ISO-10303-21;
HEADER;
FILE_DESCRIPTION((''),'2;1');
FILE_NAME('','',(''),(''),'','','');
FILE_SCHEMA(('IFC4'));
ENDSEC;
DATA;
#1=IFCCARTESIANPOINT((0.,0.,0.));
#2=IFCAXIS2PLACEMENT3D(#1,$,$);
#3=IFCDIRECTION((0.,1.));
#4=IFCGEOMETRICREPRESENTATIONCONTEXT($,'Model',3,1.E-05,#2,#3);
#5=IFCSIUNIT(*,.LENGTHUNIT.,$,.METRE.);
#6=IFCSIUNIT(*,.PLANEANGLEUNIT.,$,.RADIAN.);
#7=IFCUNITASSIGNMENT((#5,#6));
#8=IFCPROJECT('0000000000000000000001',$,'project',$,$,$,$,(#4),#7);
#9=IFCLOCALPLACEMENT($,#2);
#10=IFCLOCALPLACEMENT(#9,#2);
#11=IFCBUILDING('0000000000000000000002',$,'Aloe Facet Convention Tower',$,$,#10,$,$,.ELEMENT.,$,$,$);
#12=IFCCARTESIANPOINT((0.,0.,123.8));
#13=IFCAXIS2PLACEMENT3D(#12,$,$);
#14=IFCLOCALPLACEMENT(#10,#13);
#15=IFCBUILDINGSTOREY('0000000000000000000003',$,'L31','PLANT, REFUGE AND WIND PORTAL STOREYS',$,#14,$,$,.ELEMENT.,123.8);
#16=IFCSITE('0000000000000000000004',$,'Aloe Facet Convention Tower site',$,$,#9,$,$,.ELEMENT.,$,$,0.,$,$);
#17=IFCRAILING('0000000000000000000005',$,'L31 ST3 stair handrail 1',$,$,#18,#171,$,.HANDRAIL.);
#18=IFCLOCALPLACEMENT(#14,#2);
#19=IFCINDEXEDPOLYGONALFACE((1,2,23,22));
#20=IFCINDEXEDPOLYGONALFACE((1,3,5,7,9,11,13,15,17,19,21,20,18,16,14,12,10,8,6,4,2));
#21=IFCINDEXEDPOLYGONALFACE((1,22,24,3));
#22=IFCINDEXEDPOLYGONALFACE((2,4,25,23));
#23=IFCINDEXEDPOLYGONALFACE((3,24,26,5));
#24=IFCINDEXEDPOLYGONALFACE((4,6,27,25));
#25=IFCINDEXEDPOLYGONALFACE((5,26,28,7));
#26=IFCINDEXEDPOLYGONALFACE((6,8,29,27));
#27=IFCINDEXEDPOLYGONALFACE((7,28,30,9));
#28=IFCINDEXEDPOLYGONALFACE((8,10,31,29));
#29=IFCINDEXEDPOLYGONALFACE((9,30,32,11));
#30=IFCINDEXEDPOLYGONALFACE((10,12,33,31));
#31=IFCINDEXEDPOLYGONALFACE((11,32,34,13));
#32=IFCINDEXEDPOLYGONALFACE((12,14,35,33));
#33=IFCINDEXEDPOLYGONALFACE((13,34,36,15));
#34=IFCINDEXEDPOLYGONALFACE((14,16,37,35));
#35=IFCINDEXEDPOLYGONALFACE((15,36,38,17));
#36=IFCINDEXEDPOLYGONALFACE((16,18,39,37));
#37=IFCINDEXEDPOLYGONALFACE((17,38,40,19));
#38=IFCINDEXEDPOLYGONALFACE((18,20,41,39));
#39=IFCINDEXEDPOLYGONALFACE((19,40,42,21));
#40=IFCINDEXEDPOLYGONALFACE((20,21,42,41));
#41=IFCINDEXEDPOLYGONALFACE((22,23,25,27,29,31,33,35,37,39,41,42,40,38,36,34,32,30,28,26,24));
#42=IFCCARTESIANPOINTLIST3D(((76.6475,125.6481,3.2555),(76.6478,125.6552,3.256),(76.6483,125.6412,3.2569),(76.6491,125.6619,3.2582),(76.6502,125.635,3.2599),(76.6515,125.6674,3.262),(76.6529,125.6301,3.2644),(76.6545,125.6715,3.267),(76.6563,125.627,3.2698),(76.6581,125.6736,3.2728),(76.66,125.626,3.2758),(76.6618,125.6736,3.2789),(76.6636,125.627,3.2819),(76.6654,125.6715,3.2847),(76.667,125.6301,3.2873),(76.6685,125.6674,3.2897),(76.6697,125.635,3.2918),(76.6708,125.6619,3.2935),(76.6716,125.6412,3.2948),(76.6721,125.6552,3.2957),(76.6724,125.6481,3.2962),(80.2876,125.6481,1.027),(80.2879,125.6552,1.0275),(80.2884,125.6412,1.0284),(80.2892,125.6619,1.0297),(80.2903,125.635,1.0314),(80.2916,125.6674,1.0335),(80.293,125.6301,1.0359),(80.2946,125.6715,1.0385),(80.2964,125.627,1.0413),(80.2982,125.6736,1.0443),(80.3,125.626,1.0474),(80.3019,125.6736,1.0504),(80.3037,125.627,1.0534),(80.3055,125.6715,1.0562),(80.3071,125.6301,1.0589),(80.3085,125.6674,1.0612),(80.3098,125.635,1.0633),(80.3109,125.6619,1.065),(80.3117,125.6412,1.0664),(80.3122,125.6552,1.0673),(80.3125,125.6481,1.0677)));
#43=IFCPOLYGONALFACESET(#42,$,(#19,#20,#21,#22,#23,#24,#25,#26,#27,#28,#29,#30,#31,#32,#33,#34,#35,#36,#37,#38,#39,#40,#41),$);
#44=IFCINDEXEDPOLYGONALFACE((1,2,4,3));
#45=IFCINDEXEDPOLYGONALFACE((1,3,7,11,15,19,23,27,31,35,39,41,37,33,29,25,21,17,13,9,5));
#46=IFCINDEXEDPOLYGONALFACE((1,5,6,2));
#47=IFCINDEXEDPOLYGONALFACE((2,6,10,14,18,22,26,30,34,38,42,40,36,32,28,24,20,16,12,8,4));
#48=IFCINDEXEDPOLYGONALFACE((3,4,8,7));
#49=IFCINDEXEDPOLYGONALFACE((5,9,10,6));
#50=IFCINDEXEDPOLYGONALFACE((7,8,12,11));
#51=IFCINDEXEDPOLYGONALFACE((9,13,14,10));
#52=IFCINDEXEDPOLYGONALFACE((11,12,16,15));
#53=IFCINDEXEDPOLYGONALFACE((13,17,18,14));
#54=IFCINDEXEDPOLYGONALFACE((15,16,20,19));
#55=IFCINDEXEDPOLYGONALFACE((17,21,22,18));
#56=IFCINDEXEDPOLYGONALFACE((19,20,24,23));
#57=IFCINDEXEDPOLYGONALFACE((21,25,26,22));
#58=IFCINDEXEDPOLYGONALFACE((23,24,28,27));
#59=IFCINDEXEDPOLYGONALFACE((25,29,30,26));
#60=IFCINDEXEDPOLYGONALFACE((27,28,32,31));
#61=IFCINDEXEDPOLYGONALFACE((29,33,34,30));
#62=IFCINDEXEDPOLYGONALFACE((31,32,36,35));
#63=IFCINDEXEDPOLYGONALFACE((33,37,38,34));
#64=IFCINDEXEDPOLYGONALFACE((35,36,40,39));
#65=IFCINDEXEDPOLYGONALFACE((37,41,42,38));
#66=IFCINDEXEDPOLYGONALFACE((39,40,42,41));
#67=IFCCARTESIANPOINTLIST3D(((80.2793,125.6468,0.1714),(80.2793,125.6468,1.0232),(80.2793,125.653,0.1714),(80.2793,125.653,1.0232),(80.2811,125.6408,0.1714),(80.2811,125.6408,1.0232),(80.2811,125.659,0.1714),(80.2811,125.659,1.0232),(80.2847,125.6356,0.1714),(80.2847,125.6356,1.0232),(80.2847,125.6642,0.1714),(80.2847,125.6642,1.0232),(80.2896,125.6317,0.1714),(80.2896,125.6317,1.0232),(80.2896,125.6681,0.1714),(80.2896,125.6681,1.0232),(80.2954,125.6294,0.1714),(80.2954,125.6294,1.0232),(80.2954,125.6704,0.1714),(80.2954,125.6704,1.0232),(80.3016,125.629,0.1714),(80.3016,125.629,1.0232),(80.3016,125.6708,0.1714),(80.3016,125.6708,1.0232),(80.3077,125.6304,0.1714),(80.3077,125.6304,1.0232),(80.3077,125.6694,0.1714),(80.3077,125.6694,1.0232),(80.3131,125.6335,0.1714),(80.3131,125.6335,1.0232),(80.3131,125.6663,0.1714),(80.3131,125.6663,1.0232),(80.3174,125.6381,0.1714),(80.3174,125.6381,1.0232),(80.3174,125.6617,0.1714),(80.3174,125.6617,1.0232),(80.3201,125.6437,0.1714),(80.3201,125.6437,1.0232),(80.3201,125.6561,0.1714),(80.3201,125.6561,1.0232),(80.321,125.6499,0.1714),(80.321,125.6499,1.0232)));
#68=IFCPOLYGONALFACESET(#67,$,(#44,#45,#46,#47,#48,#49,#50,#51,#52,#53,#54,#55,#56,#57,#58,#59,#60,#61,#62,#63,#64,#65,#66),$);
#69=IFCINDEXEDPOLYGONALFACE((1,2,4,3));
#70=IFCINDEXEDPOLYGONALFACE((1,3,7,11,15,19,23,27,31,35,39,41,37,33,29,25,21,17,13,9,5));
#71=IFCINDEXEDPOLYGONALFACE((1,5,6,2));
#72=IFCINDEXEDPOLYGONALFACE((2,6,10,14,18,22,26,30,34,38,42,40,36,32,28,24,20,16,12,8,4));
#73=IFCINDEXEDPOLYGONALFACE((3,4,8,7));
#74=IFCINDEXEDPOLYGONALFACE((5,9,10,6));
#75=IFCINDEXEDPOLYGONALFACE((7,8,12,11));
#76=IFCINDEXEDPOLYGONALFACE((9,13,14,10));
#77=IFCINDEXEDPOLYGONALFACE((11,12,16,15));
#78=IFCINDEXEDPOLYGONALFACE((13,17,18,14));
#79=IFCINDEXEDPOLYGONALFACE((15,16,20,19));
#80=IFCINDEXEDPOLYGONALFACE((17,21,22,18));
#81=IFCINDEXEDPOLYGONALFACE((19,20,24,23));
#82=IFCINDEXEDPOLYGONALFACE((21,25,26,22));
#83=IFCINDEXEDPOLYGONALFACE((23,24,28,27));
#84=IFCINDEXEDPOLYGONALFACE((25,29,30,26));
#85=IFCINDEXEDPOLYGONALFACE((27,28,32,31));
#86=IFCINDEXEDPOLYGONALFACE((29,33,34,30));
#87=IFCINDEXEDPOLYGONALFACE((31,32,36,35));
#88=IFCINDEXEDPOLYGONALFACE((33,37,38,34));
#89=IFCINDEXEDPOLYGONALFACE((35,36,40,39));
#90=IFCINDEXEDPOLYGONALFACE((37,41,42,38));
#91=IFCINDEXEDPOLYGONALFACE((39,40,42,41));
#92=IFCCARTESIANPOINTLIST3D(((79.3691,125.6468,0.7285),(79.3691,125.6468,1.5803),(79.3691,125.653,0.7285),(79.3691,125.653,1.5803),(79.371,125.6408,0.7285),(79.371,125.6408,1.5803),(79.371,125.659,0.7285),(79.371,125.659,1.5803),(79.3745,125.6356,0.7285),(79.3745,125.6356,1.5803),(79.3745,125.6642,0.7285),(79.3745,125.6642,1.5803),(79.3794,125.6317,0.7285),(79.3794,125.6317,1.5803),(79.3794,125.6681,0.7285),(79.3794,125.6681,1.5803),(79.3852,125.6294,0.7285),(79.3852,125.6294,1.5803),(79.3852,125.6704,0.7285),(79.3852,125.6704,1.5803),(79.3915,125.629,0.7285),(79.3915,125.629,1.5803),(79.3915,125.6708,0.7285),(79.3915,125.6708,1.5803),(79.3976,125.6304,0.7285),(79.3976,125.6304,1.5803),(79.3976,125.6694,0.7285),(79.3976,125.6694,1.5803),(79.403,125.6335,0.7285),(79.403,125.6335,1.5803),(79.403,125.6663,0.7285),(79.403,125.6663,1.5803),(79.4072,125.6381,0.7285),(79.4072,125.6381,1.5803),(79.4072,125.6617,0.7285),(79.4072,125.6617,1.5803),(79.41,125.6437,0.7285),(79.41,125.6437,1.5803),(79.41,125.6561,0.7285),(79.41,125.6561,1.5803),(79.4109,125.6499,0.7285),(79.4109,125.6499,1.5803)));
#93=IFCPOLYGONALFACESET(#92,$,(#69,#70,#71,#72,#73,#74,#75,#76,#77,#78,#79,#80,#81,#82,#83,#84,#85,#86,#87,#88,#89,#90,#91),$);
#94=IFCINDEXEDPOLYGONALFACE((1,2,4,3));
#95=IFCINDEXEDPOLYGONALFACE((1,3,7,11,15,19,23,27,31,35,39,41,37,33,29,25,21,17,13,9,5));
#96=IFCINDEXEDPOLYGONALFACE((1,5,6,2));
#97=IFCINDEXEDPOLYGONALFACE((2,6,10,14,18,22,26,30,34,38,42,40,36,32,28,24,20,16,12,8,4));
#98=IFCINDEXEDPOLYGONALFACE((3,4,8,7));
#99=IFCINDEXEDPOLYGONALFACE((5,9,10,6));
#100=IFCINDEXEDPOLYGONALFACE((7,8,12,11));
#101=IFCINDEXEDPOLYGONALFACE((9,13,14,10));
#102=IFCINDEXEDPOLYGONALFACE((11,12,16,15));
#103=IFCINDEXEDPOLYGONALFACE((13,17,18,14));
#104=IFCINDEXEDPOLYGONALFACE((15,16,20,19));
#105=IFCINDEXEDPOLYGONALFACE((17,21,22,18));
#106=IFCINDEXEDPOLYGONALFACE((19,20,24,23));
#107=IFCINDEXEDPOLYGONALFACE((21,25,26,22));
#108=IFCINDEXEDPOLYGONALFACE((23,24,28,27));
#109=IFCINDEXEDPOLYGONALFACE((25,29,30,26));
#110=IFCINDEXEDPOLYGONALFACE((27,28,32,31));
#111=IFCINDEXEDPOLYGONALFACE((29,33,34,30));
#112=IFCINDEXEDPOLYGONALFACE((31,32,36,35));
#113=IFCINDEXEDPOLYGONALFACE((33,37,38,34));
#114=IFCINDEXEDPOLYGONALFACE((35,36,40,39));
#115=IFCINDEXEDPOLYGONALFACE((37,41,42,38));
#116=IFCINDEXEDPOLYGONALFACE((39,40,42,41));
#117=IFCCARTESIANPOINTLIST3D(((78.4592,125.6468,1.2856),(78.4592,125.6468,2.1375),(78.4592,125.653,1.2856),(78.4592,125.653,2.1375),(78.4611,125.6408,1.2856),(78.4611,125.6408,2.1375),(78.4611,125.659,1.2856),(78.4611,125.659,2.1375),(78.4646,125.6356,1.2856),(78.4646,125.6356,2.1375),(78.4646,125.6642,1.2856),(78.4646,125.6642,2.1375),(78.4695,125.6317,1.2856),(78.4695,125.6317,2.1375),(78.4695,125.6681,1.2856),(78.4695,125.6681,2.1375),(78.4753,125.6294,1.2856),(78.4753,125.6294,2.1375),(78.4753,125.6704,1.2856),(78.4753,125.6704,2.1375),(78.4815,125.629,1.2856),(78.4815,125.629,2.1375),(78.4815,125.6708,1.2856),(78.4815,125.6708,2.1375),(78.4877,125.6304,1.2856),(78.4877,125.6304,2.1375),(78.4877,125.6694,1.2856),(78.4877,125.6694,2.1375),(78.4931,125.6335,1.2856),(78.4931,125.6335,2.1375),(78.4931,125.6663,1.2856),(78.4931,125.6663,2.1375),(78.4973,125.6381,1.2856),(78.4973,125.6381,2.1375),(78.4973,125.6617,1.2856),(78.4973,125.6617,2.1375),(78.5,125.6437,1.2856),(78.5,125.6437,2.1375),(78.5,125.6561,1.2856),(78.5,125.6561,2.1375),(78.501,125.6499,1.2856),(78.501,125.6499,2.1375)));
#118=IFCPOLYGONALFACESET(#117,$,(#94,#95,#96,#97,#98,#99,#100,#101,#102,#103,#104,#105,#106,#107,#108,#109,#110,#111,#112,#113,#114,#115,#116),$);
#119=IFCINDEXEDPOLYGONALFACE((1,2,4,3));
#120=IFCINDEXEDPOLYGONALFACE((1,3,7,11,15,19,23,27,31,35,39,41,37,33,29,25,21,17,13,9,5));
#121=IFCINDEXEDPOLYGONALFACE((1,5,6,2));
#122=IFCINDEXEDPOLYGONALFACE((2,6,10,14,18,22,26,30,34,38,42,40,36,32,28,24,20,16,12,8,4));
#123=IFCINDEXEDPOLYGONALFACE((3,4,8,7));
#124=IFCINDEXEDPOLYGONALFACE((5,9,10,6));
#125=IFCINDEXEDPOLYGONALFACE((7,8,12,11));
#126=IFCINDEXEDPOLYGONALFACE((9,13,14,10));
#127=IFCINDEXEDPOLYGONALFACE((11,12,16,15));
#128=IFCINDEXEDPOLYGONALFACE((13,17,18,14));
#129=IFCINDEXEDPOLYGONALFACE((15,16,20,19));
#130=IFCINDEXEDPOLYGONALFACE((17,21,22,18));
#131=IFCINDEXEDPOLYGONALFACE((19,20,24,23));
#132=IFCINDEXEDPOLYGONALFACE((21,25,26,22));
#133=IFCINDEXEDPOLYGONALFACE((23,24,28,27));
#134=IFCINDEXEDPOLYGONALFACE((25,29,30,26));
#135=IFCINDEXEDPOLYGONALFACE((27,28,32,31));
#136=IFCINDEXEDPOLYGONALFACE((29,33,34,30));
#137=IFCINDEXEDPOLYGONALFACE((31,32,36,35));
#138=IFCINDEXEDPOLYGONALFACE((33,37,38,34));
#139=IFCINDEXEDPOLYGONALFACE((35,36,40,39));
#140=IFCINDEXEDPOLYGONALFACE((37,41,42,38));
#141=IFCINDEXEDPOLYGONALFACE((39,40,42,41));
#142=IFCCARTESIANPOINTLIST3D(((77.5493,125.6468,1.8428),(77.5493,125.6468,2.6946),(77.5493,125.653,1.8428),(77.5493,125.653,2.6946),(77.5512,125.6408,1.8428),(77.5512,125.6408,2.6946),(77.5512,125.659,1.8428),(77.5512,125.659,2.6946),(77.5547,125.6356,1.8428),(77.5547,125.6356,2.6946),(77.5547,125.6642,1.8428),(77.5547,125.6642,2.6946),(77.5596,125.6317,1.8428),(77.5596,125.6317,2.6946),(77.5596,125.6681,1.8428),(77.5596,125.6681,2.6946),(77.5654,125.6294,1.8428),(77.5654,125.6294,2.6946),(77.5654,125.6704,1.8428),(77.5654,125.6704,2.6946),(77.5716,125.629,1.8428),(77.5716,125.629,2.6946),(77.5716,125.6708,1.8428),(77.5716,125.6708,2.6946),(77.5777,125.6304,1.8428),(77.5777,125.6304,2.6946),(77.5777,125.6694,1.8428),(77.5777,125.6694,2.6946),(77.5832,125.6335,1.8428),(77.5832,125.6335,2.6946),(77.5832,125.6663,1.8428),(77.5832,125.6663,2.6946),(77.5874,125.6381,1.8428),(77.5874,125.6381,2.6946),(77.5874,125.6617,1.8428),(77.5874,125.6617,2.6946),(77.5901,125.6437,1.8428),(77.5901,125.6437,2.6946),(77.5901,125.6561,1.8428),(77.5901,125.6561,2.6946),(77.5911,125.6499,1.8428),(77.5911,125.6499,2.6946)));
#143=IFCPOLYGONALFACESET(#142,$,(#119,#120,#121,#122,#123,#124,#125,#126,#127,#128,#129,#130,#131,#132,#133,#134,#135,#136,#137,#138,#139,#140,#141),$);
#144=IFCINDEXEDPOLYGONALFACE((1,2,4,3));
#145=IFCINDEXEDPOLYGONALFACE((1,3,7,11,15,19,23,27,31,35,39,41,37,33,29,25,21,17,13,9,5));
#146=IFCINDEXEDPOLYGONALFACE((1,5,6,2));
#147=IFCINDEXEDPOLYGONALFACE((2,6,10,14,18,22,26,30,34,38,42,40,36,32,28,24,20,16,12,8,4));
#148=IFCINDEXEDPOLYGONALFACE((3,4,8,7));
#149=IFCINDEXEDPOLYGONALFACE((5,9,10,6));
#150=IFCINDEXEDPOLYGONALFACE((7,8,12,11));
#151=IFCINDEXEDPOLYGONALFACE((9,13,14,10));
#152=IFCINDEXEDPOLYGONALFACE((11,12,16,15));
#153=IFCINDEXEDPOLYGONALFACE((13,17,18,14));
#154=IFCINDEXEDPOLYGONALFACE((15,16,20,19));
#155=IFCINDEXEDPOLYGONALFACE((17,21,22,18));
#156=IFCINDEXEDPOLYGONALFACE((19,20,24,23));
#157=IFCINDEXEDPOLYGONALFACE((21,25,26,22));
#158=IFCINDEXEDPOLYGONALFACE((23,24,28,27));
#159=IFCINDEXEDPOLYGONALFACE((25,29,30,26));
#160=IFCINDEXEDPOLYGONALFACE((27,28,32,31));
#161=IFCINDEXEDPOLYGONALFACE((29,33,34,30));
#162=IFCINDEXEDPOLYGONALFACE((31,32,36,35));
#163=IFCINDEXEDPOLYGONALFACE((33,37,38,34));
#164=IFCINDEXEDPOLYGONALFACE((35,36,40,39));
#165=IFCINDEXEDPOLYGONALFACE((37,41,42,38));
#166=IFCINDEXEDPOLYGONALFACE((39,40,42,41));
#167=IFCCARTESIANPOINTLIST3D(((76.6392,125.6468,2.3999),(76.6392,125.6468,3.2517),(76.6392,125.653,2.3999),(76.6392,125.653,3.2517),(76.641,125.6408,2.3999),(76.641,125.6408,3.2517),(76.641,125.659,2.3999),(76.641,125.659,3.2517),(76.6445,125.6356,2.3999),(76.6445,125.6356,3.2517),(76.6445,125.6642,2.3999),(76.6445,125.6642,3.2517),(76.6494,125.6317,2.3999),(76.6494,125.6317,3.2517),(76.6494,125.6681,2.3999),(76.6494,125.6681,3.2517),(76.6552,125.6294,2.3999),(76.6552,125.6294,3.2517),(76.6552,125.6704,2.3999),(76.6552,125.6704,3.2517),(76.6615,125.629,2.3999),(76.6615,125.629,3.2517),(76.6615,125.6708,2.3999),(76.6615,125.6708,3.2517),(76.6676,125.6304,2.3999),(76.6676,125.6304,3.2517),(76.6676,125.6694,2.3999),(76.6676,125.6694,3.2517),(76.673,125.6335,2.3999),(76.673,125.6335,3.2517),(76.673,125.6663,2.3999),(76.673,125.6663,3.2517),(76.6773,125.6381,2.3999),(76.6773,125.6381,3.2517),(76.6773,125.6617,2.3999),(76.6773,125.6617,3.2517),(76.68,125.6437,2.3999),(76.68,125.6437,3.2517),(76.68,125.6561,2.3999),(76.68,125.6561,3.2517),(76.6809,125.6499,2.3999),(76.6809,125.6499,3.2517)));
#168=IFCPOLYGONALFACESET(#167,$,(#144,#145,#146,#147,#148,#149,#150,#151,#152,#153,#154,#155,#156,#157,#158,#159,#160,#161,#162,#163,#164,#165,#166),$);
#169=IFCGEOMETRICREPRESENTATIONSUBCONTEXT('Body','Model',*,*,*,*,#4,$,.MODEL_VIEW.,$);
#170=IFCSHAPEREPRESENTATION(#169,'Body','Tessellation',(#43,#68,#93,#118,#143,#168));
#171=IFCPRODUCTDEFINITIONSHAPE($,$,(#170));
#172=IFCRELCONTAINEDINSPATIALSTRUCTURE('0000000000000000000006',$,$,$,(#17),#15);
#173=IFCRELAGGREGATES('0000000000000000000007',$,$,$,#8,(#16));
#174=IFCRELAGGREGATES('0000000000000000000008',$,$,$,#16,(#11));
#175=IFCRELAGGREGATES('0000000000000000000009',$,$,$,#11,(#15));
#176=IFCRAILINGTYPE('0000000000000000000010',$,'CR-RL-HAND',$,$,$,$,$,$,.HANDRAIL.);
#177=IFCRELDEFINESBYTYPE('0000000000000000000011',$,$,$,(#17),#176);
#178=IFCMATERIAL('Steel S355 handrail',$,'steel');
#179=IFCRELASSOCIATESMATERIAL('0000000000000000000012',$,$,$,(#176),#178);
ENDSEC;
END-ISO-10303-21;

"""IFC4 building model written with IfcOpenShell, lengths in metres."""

from ifc_helpers import new_model, si_unit, direction, frame, origin, origin_2d, place, context, subcontext, project, spatial, circle, extrude, material, type_object, element, save


model = new_model("IFC4")

# Units and contexts
model_context = context("Model", 3, precision=1e-05, world=origin(), true_north=direction((0.0, 1.0)))
body_context = subcontext(model_context, "Body", "Model", "MODEL_VIEW")
ifc_project = project(units=[si_unit("LENGTHUNIT", "METRE"), si_unit("PLANEANGLEUNIT", "RADIAN")], contexts=[model_context])

# Site, building, storey
site_placement = place(None, origin())
site = spatial("IfcSite", under=ifc_project, at=site_placement, Name="Aloe Facet Convention Tower site", CompositionType="ELEMENT", RefElevation=0.0)
building_placement = place(site_placement, origin())
building = spatial("IfcBuilding", under=site, at=building_placement, Name="Aloe Facet Convention Tower", CompositionType="ELEMENT")
storey_placement = place(building_placement, frame((0.0, 0.0, 123.8)))
storey = spatial("IfcBuildingStorey", under=building, at=storey_placement, Name="L31", Description="PLANT, REFUGE AND WIND PORTAL STOREYS", CompositionType="ELEMENT", Elevation=123.8)

# Railing
ifc_material_1 = material(Name="Steel S355 handrail", Category="steel")
railing_type_1 = type_object("IfcRailingType", Name="CR-RL-HAND", PredefinedType="HANDRAIL", material=ifc_material_1)
railing_1_placement = place(storey_placement, frame((80.3, 125.6499, 0.1714)))
element("IfcRailing", 1, at=railing_1_placement, inside=storey, type_object=railing_type_1, Name="L31 ST3 stair handrail 1", PredefinedType="HANDRAIL", context=body_context, shape_type="SweptSolid", body=[
    extrude(circle(Radius=0.0239, at=origin_2d()), frame((0.0, 0.0, 0.876), z_axis=(-0.852866, 0.0, 0.52213), x_axis=(0.0, -1.0, 0.0)), (0.0, 0.0, 1.0), 4.2681),
    extrude(circle(Radius=0.021, at=origin_2d()), origin(), (0.0, 0.0, 1.0), 0.8518),
    extrude(circle(Radius=0.021, at=origin_2d()), frame((-0.9102, 0.0, 0.5571)), (0.0, 0.0, 1.0), 0.8518),
    extrude(circle(Radius=0.021, at=origin_2d()), frame((-1.8201, 0.0, 1.1143)), (0.0, 0.0, 1.0), 0.8518),
    extrude(circle(Radius=0.021, at=origin_2d()), frame((-2.73, 0.0, 1.6714)), (0.0, 0.0, 1.0), 0.8518),
    extrude(circle(Radius=0.021, at=origin_2d()), frame((-3.6401, 0.0, 2.2285)), (0.0, 0.0, 1.0), 0.8518),
])

save(model, "model.ifc")
